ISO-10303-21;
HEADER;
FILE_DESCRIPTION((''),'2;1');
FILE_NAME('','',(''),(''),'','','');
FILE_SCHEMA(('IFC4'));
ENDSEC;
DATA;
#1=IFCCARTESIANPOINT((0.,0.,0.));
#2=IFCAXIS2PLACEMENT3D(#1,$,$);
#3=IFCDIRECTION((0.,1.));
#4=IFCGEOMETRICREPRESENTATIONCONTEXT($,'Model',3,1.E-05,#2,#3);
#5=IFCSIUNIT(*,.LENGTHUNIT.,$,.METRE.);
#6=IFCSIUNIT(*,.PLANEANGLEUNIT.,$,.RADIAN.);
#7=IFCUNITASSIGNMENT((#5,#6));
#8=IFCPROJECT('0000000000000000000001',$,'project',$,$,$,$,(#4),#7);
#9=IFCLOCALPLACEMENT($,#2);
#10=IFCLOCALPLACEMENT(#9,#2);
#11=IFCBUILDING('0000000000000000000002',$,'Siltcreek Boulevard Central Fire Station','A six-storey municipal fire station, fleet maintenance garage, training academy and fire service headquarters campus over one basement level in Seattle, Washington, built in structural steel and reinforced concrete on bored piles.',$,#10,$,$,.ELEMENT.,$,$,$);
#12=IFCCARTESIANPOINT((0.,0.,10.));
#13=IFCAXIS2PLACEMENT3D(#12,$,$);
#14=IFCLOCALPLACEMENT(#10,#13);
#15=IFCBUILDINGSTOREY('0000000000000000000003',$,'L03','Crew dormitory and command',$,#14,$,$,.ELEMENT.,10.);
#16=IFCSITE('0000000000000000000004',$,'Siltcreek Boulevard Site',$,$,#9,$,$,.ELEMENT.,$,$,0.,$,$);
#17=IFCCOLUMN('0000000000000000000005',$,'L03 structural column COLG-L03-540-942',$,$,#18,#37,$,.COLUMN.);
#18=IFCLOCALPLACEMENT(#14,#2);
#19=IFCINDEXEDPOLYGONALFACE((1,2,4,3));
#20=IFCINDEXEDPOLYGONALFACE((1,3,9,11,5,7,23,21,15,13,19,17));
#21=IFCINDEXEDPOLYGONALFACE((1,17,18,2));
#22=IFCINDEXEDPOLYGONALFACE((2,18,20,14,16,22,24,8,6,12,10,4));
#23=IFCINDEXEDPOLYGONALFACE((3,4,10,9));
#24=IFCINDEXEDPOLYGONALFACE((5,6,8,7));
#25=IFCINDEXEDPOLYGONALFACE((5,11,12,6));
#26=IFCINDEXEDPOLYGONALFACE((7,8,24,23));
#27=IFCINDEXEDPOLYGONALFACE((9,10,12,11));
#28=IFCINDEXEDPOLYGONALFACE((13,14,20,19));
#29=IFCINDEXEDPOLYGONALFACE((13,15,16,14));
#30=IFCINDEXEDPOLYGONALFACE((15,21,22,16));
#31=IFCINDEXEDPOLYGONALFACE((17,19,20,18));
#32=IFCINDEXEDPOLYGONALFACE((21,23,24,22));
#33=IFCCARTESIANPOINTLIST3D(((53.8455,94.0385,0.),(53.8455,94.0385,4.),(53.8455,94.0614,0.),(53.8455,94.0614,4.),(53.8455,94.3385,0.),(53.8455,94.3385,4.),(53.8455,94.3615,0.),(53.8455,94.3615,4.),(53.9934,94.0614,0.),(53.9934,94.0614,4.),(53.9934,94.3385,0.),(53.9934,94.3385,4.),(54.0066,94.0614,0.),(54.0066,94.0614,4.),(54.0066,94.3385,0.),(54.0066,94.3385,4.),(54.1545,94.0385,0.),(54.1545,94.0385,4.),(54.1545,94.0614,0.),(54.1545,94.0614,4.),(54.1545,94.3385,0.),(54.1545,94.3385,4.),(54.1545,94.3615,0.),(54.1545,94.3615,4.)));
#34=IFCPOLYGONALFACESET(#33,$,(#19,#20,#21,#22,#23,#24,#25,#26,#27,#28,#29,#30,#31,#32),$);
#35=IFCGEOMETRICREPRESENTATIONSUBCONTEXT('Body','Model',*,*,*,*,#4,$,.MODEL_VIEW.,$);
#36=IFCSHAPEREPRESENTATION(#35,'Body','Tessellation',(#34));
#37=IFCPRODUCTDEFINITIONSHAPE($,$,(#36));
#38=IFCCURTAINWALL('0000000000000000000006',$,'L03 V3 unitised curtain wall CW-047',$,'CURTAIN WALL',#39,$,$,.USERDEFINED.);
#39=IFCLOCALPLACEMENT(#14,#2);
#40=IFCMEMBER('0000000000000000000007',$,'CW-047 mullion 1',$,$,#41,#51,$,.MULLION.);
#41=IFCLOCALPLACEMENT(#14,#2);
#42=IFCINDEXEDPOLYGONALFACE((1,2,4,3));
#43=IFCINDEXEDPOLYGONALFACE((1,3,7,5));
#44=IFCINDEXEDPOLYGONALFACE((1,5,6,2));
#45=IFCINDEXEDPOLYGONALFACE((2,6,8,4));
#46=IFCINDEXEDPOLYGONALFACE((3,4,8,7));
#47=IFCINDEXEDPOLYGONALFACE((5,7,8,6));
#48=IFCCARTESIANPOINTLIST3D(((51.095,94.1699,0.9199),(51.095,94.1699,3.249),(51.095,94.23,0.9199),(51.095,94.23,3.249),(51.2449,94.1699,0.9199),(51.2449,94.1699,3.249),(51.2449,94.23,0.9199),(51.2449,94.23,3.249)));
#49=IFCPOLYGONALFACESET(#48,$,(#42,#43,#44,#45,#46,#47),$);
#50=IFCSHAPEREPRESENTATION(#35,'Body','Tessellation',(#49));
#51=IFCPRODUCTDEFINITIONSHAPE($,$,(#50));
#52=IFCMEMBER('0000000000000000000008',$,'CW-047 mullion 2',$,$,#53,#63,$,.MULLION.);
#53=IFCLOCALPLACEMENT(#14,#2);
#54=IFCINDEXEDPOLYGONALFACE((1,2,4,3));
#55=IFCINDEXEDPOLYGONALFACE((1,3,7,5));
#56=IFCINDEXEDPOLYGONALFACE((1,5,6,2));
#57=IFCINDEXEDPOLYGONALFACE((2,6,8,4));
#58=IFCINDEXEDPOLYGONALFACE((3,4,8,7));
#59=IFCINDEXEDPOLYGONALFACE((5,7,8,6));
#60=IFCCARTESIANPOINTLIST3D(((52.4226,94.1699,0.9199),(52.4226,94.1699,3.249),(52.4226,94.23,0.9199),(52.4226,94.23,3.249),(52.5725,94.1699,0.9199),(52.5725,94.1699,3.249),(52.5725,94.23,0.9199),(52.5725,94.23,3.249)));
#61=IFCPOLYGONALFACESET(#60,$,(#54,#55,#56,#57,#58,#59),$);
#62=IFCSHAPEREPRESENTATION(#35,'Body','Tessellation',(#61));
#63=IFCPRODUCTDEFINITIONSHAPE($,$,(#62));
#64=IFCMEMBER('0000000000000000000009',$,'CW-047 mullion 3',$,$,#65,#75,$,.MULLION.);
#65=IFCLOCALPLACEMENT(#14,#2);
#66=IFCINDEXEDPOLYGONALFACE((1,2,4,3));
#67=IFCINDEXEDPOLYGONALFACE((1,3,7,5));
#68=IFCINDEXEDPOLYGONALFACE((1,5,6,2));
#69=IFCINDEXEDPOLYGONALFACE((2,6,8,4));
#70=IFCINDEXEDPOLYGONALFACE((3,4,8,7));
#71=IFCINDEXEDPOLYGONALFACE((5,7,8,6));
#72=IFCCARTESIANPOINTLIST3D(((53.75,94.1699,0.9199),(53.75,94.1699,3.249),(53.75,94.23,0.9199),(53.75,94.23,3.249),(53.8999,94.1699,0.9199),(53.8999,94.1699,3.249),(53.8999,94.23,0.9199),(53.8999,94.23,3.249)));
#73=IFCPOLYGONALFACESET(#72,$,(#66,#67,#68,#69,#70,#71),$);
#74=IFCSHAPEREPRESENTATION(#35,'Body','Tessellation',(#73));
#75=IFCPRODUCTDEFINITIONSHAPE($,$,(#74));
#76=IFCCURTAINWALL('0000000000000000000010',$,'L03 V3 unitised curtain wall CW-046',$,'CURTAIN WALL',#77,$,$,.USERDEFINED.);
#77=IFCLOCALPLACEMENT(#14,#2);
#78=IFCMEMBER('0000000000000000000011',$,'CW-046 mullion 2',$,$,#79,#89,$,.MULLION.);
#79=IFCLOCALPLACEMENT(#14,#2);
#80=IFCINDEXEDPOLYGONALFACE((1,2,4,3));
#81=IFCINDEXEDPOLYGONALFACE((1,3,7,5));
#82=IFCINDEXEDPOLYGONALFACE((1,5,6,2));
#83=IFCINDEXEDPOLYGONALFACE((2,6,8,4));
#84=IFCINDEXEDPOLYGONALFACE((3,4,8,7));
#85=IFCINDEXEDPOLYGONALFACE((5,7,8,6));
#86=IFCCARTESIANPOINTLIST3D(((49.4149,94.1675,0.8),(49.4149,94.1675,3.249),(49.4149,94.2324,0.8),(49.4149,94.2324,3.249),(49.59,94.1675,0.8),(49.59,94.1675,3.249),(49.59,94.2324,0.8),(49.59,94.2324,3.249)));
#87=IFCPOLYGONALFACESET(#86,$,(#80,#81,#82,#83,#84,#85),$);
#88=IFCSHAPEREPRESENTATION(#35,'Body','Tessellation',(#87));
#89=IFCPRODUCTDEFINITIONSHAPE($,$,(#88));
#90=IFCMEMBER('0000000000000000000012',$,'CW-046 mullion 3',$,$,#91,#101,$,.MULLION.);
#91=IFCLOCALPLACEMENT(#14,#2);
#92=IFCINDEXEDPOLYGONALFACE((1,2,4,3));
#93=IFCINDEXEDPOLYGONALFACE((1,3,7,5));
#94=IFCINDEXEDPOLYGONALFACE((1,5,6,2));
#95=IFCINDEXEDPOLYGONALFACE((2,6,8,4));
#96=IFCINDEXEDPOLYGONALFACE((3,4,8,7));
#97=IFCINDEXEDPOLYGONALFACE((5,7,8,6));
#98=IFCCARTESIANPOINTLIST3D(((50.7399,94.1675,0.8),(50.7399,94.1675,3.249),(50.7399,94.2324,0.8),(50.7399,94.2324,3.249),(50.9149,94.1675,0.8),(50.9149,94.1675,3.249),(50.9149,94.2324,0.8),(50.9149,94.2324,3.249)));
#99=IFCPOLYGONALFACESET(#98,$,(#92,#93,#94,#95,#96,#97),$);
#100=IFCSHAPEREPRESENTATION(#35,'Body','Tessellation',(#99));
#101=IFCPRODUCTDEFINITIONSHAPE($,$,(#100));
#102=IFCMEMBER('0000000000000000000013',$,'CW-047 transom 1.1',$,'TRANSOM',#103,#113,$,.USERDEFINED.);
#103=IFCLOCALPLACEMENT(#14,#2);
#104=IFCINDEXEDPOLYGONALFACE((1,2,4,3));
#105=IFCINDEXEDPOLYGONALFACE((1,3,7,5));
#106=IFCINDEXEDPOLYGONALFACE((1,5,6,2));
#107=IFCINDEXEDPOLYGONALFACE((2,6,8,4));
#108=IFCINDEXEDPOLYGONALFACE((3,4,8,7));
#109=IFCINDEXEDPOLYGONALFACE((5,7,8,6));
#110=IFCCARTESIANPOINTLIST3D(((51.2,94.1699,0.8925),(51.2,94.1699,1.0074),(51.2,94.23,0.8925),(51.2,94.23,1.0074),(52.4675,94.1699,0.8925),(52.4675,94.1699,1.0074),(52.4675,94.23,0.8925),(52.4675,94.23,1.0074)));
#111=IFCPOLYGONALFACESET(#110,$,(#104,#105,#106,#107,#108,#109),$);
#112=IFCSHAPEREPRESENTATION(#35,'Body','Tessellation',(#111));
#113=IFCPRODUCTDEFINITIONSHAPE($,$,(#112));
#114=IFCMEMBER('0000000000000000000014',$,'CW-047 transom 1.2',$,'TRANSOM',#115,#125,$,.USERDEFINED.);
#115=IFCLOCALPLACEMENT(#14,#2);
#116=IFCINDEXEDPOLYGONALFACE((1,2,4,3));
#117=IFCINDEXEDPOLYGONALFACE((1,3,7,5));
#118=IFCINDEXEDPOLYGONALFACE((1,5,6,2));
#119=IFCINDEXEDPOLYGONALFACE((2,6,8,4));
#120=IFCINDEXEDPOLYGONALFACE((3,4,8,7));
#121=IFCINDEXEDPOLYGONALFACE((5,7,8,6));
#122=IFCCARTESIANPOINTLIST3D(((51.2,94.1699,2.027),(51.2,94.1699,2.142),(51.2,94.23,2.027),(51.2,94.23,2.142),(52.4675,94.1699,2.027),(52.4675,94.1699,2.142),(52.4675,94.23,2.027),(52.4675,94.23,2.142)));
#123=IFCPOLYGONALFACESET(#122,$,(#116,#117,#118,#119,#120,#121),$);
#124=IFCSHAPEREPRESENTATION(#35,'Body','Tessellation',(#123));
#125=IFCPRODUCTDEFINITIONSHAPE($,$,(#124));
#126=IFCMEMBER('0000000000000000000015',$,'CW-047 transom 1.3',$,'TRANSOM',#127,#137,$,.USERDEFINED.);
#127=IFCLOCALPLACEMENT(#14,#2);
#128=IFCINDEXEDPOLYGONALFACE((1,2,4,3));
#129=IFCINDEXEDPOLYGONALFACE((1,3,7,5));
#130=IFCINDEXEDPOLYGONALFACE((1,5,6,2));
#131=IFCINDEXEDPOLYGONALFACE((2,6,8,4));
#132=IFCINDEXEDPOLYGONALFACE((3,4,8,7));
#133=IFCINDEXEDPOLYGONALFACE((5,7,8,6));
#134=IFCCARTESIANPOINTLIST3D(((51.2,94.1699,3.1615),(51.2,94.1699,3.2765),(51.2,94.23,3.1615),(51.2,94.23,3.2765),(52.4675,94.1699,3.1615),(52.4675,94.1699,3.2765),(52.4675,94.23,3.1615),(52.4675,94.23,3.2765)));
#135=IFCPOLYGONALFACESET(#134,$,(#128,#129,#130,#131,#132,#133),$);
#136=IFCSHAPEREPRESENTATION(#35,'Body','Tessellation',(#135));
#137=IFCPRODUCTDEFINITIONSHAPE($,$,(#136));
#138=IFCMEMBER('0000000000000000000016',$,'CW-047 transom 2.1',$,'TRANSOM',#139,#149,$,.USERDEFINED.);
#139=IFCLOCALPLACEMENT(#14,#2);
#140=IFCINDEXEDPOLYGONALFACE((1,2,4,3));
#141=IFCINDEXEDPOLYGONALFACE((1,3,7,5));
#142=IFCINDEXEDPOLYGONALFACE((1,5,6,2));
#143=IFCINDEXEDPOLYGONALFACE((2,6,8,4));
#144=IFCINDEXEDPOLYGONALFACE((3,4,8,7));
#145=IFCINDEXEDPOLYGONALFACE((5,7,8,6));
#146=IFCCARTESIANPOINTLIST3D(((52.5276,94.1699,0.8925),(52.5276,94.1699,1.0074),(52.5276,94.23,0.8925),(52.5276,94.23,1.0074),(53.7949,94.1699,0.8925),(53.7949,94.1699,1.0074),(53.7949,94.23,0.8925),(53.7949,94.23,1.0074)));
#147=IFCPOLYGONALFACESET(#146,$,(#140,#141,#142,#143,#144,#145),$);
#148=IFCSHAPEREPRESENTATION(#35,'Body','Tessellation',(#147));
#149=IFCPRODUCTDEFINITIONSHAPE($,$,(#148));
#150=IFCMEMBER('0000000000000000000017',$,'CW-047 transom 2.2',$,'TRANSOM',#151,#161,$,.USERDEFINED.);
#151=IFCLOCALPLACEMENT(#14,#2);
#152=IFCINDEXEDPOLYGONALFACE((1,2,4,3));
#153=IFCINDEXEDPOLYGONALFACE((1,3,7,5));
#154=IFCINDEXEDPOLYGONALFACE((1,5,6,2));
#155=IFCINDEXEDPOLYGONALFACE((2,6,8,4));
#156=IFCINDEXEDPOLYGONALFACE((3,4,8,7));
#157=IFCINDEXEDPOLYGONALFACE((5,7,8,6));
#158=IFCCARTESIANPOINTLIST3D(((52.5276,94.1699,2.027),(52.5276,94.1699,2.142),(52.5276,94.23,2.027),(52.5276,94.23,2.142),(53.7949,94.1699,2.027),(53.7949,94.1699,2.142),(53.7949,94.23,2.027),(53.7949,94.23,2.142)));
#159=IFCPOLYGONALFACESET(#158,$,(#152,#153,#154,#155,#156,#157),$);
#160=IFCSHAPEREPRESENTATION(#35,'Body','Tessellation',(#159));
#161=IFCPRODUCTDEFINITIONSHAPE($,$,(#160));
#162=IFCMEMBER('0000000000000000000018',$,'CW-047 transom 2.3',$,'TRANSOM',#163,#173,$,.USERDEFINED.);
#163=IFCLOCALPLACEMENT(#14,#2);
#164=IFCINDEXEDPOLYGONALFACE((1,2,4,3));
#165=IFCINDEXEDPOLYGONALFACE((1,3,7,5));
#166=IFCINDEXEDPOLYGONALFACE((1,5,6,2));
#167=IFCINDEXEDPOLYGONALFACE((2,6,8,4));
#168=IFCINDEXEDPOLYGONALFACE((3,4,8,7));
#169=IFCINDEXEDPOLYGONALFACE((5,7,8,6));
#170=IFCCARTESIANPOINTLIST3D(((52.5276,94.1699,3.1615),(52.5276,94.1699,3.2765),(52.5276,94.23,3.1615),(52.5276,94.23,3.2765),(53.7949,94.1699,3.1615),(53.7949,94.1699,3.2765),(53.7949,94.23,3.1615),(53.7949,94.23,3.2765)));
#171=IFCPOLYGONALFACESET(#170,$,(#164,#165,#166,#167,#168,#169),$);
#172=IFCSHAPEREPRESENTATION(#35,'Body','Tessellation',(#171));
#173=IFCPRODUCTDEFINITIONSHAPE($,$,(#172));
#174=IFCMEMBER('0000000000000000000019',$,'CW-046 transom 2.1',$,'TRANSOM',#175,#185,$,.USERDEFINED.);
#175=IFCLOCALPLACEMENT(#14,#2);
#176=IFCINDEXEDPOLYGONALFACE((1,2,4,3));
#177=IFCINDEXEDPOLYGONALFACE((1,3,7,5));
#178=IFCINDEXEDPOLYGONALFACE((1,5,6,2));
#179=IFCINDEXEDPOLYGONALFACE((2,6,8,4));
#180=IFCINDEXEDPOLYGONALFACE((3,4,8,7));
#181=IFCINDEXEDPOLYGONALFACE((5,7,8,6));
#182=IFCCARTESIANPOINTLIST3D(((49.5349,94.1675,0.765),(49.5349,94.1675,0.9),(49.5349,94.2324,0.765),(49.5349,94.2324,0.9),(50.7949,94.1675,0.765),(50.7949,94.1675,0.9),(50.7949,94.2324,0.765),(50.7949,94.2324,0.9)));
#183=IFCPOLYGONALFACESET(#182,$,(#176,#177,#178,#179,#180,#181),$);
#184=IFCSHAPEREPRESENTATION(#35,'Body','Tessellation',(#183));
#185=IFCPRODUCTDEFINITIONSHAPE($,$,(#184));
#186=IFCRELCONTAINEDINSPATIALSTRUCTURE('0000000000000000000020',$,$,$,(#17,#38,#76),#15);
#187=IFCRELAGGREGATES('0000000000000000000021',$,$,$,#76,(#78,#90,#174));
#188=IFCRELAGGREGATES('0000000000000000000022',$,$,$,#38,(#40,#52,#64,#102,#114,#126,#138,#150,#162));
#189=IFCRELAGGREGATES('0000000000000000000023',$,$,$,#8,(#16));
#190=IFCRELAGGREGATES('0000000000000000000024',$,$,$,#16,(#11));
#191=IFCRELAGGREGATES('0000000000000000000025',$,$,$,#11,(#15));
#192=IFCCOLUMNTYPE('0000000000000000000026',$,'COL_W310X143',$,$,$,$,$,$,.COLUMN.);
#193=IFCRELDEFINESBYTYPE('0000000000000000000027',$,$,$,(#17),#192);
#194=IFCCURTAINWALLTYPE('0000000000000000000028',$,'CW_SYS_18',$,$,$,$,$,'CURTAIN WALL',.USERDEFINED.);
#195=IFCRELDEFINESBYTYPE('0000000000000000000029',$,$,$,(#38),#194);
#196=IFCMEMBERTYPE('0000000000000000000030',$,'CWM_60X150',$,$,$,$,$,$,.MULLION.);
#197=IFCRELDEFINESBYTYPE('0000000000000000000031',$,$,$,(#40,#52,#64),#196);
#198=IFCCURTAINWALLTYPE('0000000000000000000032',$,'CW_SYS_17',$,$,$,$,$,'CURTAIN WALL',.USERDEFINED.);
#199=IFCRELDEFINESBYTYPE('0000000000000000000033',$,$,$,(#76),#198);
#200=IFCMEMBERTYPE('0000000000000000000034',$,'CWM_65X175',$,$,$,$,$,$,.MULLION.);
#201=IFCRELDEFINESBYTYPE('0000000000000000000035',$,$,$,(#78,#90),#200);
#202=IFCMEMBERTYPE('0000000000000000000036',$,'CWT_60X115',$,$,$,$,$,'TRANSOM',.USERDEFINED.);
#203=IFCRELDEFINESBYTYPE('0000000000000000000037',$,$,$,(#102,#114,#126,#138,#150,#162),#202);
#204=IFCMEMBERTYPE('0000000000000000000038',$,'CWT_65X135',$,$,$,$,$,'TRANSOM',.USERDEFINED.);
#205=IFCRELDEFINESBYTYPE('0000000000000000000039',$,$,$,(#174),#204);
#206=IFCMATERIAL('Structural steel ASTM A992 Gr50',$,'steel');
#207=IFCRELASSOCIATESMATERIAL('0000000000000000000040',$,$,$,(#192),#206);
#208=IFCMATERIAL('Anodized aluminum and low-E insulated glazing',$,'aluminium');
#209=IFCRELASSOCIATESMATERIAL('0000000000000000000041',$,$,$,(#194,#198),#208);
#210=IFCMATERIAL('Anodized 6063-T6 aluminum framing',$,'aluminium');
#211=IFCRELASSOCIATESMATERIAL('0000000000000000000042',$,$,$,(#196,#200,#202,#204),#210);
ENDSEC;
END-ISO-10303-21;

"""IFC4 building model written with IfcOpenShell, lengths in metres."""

from ifc_helpers import new_model, si_unit, direction, frame, origin, origin_2d, place, context, subcontext, project, spatial, rectangle, i_section, extrude, material, material_profile, profile_set, type_object, element, aggregate, save


model = new_model("IFC4")

# Units and contexts
model_context = context("Model", 3, precision=1e-05, world=origin(), true_north=direction((0.0, 1.0)))
body_context = subcontext(model_context, "Body", "Model", "MODEL_VIEW")
ifc_project = project(units=[si_unit("LENGTHUNIT", "METRE"), si_unit("PLANEANGLEUNIT", "RADIAN")], contexts=[model_context])

# Site, building, storey
site_placement = place(None, origin())
site = spatial("IfcSite", under=ifc_project, at=site_placement, Name="Siltcreek Boulevard Site", CompositionType="ELEMENT", RefElevation=0.0)
building_placement = place(site_placement, origin())
building = spatial("IfcBuilding", under=site, at=building_placement, Name="Siltcreek Boulevard Central Fire Station", Description="A six-storey municipal fire station, fleet maintenance garage, training academy and fire service headquarters campus over one basement level in Seattle, Washington, built in structural steel and reinforced concrete on bored piles.", CompositionType="ELEMENT")
storey_placement = place(building_placement, frame((0.0, 0.0, 10.0)))
storey = spatial("IfcBuildingStorey", under=building, at=storey_placement, Name="L03", Description="Crew dormitory and command", CompositionType="ELEMENT", Elevation=10.0)

# Column
ifc_material_1 = material(Name="Structural steel ASTM A992 Gr50", Category="steel")
ifc_material_profile_1 = material_profile(ifc_material_1, i_section(OverallWidth=0.3091, OverallDepth=0.323, WebThickness=0.0132, FlangeThickness=0.0229, at=origin_2d()), Name="W310X143")
ifc_profile_set_1 = profile_set([ifc_material_profile_1], Name="Structural steel ASTM A992 Gr50")
column_type = type_object("IfcColumnType", Name="COL_W310X143", PredefinedType="COLUMN", material=ifc_profile_set_1)
column_placement = place(storey_placement, frame((54.0, 94.2, 0.0), z_axis=(0.0, 0.0, 1.0), x_axis=(1.0, 0.0, 0.0)))
element("IfcColumn", 1, at=column_placement, inside=storey, type_object=column_type, Name="L03 structural column COLG-L03-540-942", PredefinedType="COLUMN", context=body_context, shape_type="SweptSolid", body=[
    extrude(i_section(OverallWidth=0.3091, OverallDepth=0.323, WebThickness=0.0132, FlangeThickness=0.0229, at=origin_2d()), origin(), (0.0, 0.0, 1.0), 4.0),
])

# Curtain walls, members
ifc_material_2 = material(Name="Anodized aluminum and low-E insulated glazing", Category="aluminium")
curtain_wall_type_1 = type_object("IfcCurtainWallType", Name="CW_SYS_18", ElementType="CURTAIN WALL", PredefinedType="USERDEFINED", material=ifc_material_2)
curtain_wall_1_placement = place(storey_placement, origin())
curtain_wall_1 = element("IfcCurtainWall", 2, at=curtain_wall_1_placement, inside=storey, type_object=curtain_wall_type_1, Name="L03 V3 unitised curtain wall CW-047", ObjectType="CURTAIN WALL", PredefinedType="USERDEFINED")
ifc_material_3 = material(Name="Anodized 6063-T6 aluminum framing", Category="aluminium")
ifc_material_profile_2 = material_profile(ifc_material_3, rectangle(XDim=0.0601, YDim=0.1499, at=origin_2d()), Name="MULL60X150")
ifc_profile_set_2 = profile_set([ifc_material_profile_2], Name="Anodized 6063-T6 aluminum framing")
member_type_1 = type_object("IfcMemberType", Name="CWM_60X150", PredefinedType="MULLION", material=ifc_profile_set_2)
member_1_placement = place(storey_placement, frame((51.1699, 94.2, 0.9199), z_axis=(0.0, 0.0, 1.0), x_axis=(0.0, 1.0, 0.0)))
member_1 = element("IfcMember", 3, at=member_1_placement, type_object=member_type_1, Name="CW-047 mullion 1", PredefinedType="MULLION", context=body_context, shape_type="SweptSolid", body=[
    extrude(rectangle(XDim=0.0601, YDim=0.1499, at=origin_2d()), origin(), (0.0, 0.0, 1.0), 2.3291),
])
member_2_placement = place(storey_placement, frame((52.4976, 94.2, 0.9199), z_axis=(0.0, 0.0, 1.0), x_axis=(0.0, 1.0, 0.0)))
member_2 = element("IfcMember", 4, at=member_2_placement, type_object=member_type_1, Name="CW-047 mullion 2", PredefinedType="MULLION", context=body_context, shape_type="SweptSolid", body=[
    extrude(rectangle(XDim=0.0601, YDim=0.1499, at=origin_2d()), origin(), (0.0, 0.0, 1.0), 2.3291),
])
member_3_placement = place(storey_placement, frame((53.825, 94.2, 0.9199), z_axis=(0.0, 0.0, 1.0), x_axis=(0.0, 1.0, 0.0)))
member_3 = element("IfcMember", 5, at=member_3_placement, type_object=member_type_1, Name="CW-047 mullion 3", PredefinedType="MULLION", context=body_context, shape_type="SweptSolid", body=[
    extrude(rectangle(XDim=0.0601, YDim=0.1499, at=origin_2d()), origin(), (0.0, 0.0, 1.0), 2.3291),
])
curtain_wall_type_2 = type_object("IfcCurtainWallType", Name="CW_SYS_17", ElementType="CURTAIN WALL", PredefinedType="USERDEFINED", material=ifc_material_2)
curtain_wall_2_placement = place(storey_placement, origin())
curtain_wall_2 = element("IfcCurtainWall", 6, at=curtain_wall_2_placement, inside=storey, type_object=curtain_wall_type_2, Name="L03 V3 unitised curtain wall CW-046", ObjectType="CURTAIN WALL", PredefinedType="USERDEFINED")
ifc_material_profile_3 = material_profile(ifc_material_3, rectangle(XDim=0.0649, YDim=0.175, at=origin_2d()), Name="MULL65X175")
ifc_profile_set_3 = profile_set([ifc_material_profile_3], Name="Anodized 6063-T6 aluminum framing")
member_type_2 = type_object("IfcMemberType", Name="CWM_65X175", PredefinedType="MULLION", material=ifc_profile_set_3)
member_4_placement = place(storey_placement, frame((49.5024, 94.2, 0.8), z_axis=(0.0, 0.0, 1.0), x_axis=(0.0, 1.0, 0.0)))
member_4 = element("IfcMember", 7, at=member_4_placement, type_object=member_type_2, Name="CW-046 mullion 2", PredefinedType="MULLION", context=body_context, shape_type="SweptSolid", body=[
    extrude(rectangle(XDim=0.0649, YDim=0.175, at=origin_2d()), origin(), (0.0, 0.0, 1.0), 2.449),
])
member_5_placement = place(storey_placement, frame((50.8274, 94.2, 0.8), z_axis=(0.0, 0.0, 1.0), x_axis=(0.0, 1.0, 0.0)))
member_5 = element("IfcMember", 8, at=member_5_placement, type_object=member_type_2, Name="CW-046 mullion 3", PredefinedType="MULLION", context=body_context, shape_type="SweptSolid", body=[
    extrude(rectangle(XDim=0.0649, YDim=0.175, at=origin_2d()), origin(), (0.0, 0.0, 1.0), 2.449),
])

# Members
ifc_material_profile_4 = material_profile(ifc_material_3, rectangle(XDim=0.0601, YDim=0.115, at=origin_2d()), Name="TRAN60X115")
ifc_profile_set_4 = profile_set([ifc_material_profile_4], Name="Anodized 6063-T6 aluminum framing")
member_type_3 = type_object("IfcMemberType", Name="CWT_60X115", ElementType="TRANSOM", PredefinedType="USERDEFINED", material=ifc_profile_set_4)
member_6_placement = place(storey_placement, frame((51.2, 94.2, 0.95), z_axis=(1.0, 0.0, 0.0), x_axis=(0.0, 1.0, 0.0)))
member_6 = element("IfcMember", 9, at=member_6_placement, type_object=member_type_3, Name="CW-047 transom 1.1", ObjectType="TRANSOM", PredefinedType="USERDEFINED", context=body_context, shape_type="SweptSolid", body=[
    extrude(rectangle(XDim=0.0601, YDim=0.115, at=origin_2d()), origin(), (0.0, 0.0, 1.0), 1.2676),
])
member_7_placement = place(storey_placement, frame((51.2, 94.2, 2.0845), z_axis=(1.0, 0.0, 0.0), x_axis=(0.0, 1.0, 0.0)))
member_7 = element("IfcMember", 10, at=member_7_placement, type_object=member_type_3, Name="CW-047 transom 1.2", ObjectType="TRANSOM", PredefinedType="USERDEFINED", context=body_context, shape_type="SweptSolid", body=[
    extrude(rectangle(XDim=0.0601, YDim=0.115, at=origin_2d()), origin(), (0.0, 0.0, 1.0), 1.2676),
])
member_8_placement = place(storey_placement, frame((51.2, 94.2, 3.219), z_axis=(1.0, 0.0, 0.0), x_axis=(0.0, 1.0, 0.0)))
member_8 = element("IfcMember", 11, at=member_8_placement, type_object=member_type_3, Name="CW-047 transom 1.3", ObjectType="TRANSOM", PredefinedType="USERDEFINED", context=body_context, shape_type="SweptSolid", body=[
    extrude(rectangle(XDim=0.0601, YDim=0.115, at=origin_2d()), origin(), (0.0, 0.0, 1.0), 1.2676),
])
member_9_placement = place(storey_placement, frame((52.5276, 94.2, 0.95), z_axis=(1.0, 0.0, 0.0), x_axis=(0.0, 1.0, 0.0)))
member_9 = element("IfcMember", 12, at=member_9_placement, type_object=member_type_3, Name="CW-047 transom 2.1", ObjectType="TRANSOM", PredefinedType="USERDEFINED", context=body_context, shape_type="SweptSolid", body=[
    extrude(rectangle(XDim=0.0601, YDim=0.115, at=origin_2d()), origin(), (0.0, 0.0, 1.0), 1.2673),
])
member_10_placement = place(storey_placement, frame((52.5276, 94.2, 2.0845), z_axis=(1.0, 0.0, 0.0), x_axis=(0.0, 1.0, 0.0)))
member_10 = element("IfcMember", 13, at=member_10_placement, type_object=member_type_3, Name="CW-047 transom 2.2", ObjectType="TRANSOM", PredefinedType="USERDEFINED", context=body_context, shape_type="SweptSolid", body=[
    extrude(rectangle(XDim=0.0601, YDim=0.115, at=origin_2d()), origin(), (0.0, 0.0, 1.0), 1.2673),
])
member_11_placement = place(storey_placement, frame((52.5276, 94.2, 3.219), z_axis=(1.0, 0.0, 0.0), x_axis=(0.0, 1.0, 0.0)))
member_11 = element("IfcMember", 14, at=member_11_placement, type_object=member_type_3, Name="CW-047 transom 2.3", ObjectType="TRANSOM", PredefinedType="USERDEFINED", context=body_context, shape_type="SweptSolid", body=[
    extrude(rectangle(XDim=0.0601, YDim=0.115, at=origin_2d()), origin(), (0.0, 0.0, 1.0), 1.2673),
])
ifc_material_profile_5 = material_profile(ifc_material_3, rectangle(XDim=0.0649, YDim=0.135, at=origin_2d()), Name="TRAN65X135")
ifc_profile_set_5 = profile_set([ifc_material_profile_5], Name="Anodized 6063-T6 aluminum framing")
member_type_4 = type_object("IfcMemberType", Name="CWT_65X135", ElementType="TRANSOM", PredefinedType="USERDEFINED", material=ifc_profile_set_5)
member_12_placement = place(storey_placement, frame((49.5349, 94.2, 0.8325), z_axis=(1.0, 0.0, 0.0), x_axis=(0.0, 1.0, 0.0)))
member_12 = element("IfcMember", 15, at=member_12_placement, type_object=member_type_4, Name="CW-046 transom 2.1", ObjectType="TRANSOM", PredefinedType="USERDEFINED", context=body_context, shape_type="SweptSolid", body=[
    extrude(rectangle(XDim=0.0649, YDim=0.135, at=origin_2d()), origin(), (0.0, 0.0, 1.0), 1.26),
])

aggregate(curtain_wall_2, [member_4, member_5, member_12])
aggregate(curtain_wall_1, [member_1, member_2, member_3, member_6, member_7, member_8, member_9, member_10, member_11])

save(model, "model.ifc")
